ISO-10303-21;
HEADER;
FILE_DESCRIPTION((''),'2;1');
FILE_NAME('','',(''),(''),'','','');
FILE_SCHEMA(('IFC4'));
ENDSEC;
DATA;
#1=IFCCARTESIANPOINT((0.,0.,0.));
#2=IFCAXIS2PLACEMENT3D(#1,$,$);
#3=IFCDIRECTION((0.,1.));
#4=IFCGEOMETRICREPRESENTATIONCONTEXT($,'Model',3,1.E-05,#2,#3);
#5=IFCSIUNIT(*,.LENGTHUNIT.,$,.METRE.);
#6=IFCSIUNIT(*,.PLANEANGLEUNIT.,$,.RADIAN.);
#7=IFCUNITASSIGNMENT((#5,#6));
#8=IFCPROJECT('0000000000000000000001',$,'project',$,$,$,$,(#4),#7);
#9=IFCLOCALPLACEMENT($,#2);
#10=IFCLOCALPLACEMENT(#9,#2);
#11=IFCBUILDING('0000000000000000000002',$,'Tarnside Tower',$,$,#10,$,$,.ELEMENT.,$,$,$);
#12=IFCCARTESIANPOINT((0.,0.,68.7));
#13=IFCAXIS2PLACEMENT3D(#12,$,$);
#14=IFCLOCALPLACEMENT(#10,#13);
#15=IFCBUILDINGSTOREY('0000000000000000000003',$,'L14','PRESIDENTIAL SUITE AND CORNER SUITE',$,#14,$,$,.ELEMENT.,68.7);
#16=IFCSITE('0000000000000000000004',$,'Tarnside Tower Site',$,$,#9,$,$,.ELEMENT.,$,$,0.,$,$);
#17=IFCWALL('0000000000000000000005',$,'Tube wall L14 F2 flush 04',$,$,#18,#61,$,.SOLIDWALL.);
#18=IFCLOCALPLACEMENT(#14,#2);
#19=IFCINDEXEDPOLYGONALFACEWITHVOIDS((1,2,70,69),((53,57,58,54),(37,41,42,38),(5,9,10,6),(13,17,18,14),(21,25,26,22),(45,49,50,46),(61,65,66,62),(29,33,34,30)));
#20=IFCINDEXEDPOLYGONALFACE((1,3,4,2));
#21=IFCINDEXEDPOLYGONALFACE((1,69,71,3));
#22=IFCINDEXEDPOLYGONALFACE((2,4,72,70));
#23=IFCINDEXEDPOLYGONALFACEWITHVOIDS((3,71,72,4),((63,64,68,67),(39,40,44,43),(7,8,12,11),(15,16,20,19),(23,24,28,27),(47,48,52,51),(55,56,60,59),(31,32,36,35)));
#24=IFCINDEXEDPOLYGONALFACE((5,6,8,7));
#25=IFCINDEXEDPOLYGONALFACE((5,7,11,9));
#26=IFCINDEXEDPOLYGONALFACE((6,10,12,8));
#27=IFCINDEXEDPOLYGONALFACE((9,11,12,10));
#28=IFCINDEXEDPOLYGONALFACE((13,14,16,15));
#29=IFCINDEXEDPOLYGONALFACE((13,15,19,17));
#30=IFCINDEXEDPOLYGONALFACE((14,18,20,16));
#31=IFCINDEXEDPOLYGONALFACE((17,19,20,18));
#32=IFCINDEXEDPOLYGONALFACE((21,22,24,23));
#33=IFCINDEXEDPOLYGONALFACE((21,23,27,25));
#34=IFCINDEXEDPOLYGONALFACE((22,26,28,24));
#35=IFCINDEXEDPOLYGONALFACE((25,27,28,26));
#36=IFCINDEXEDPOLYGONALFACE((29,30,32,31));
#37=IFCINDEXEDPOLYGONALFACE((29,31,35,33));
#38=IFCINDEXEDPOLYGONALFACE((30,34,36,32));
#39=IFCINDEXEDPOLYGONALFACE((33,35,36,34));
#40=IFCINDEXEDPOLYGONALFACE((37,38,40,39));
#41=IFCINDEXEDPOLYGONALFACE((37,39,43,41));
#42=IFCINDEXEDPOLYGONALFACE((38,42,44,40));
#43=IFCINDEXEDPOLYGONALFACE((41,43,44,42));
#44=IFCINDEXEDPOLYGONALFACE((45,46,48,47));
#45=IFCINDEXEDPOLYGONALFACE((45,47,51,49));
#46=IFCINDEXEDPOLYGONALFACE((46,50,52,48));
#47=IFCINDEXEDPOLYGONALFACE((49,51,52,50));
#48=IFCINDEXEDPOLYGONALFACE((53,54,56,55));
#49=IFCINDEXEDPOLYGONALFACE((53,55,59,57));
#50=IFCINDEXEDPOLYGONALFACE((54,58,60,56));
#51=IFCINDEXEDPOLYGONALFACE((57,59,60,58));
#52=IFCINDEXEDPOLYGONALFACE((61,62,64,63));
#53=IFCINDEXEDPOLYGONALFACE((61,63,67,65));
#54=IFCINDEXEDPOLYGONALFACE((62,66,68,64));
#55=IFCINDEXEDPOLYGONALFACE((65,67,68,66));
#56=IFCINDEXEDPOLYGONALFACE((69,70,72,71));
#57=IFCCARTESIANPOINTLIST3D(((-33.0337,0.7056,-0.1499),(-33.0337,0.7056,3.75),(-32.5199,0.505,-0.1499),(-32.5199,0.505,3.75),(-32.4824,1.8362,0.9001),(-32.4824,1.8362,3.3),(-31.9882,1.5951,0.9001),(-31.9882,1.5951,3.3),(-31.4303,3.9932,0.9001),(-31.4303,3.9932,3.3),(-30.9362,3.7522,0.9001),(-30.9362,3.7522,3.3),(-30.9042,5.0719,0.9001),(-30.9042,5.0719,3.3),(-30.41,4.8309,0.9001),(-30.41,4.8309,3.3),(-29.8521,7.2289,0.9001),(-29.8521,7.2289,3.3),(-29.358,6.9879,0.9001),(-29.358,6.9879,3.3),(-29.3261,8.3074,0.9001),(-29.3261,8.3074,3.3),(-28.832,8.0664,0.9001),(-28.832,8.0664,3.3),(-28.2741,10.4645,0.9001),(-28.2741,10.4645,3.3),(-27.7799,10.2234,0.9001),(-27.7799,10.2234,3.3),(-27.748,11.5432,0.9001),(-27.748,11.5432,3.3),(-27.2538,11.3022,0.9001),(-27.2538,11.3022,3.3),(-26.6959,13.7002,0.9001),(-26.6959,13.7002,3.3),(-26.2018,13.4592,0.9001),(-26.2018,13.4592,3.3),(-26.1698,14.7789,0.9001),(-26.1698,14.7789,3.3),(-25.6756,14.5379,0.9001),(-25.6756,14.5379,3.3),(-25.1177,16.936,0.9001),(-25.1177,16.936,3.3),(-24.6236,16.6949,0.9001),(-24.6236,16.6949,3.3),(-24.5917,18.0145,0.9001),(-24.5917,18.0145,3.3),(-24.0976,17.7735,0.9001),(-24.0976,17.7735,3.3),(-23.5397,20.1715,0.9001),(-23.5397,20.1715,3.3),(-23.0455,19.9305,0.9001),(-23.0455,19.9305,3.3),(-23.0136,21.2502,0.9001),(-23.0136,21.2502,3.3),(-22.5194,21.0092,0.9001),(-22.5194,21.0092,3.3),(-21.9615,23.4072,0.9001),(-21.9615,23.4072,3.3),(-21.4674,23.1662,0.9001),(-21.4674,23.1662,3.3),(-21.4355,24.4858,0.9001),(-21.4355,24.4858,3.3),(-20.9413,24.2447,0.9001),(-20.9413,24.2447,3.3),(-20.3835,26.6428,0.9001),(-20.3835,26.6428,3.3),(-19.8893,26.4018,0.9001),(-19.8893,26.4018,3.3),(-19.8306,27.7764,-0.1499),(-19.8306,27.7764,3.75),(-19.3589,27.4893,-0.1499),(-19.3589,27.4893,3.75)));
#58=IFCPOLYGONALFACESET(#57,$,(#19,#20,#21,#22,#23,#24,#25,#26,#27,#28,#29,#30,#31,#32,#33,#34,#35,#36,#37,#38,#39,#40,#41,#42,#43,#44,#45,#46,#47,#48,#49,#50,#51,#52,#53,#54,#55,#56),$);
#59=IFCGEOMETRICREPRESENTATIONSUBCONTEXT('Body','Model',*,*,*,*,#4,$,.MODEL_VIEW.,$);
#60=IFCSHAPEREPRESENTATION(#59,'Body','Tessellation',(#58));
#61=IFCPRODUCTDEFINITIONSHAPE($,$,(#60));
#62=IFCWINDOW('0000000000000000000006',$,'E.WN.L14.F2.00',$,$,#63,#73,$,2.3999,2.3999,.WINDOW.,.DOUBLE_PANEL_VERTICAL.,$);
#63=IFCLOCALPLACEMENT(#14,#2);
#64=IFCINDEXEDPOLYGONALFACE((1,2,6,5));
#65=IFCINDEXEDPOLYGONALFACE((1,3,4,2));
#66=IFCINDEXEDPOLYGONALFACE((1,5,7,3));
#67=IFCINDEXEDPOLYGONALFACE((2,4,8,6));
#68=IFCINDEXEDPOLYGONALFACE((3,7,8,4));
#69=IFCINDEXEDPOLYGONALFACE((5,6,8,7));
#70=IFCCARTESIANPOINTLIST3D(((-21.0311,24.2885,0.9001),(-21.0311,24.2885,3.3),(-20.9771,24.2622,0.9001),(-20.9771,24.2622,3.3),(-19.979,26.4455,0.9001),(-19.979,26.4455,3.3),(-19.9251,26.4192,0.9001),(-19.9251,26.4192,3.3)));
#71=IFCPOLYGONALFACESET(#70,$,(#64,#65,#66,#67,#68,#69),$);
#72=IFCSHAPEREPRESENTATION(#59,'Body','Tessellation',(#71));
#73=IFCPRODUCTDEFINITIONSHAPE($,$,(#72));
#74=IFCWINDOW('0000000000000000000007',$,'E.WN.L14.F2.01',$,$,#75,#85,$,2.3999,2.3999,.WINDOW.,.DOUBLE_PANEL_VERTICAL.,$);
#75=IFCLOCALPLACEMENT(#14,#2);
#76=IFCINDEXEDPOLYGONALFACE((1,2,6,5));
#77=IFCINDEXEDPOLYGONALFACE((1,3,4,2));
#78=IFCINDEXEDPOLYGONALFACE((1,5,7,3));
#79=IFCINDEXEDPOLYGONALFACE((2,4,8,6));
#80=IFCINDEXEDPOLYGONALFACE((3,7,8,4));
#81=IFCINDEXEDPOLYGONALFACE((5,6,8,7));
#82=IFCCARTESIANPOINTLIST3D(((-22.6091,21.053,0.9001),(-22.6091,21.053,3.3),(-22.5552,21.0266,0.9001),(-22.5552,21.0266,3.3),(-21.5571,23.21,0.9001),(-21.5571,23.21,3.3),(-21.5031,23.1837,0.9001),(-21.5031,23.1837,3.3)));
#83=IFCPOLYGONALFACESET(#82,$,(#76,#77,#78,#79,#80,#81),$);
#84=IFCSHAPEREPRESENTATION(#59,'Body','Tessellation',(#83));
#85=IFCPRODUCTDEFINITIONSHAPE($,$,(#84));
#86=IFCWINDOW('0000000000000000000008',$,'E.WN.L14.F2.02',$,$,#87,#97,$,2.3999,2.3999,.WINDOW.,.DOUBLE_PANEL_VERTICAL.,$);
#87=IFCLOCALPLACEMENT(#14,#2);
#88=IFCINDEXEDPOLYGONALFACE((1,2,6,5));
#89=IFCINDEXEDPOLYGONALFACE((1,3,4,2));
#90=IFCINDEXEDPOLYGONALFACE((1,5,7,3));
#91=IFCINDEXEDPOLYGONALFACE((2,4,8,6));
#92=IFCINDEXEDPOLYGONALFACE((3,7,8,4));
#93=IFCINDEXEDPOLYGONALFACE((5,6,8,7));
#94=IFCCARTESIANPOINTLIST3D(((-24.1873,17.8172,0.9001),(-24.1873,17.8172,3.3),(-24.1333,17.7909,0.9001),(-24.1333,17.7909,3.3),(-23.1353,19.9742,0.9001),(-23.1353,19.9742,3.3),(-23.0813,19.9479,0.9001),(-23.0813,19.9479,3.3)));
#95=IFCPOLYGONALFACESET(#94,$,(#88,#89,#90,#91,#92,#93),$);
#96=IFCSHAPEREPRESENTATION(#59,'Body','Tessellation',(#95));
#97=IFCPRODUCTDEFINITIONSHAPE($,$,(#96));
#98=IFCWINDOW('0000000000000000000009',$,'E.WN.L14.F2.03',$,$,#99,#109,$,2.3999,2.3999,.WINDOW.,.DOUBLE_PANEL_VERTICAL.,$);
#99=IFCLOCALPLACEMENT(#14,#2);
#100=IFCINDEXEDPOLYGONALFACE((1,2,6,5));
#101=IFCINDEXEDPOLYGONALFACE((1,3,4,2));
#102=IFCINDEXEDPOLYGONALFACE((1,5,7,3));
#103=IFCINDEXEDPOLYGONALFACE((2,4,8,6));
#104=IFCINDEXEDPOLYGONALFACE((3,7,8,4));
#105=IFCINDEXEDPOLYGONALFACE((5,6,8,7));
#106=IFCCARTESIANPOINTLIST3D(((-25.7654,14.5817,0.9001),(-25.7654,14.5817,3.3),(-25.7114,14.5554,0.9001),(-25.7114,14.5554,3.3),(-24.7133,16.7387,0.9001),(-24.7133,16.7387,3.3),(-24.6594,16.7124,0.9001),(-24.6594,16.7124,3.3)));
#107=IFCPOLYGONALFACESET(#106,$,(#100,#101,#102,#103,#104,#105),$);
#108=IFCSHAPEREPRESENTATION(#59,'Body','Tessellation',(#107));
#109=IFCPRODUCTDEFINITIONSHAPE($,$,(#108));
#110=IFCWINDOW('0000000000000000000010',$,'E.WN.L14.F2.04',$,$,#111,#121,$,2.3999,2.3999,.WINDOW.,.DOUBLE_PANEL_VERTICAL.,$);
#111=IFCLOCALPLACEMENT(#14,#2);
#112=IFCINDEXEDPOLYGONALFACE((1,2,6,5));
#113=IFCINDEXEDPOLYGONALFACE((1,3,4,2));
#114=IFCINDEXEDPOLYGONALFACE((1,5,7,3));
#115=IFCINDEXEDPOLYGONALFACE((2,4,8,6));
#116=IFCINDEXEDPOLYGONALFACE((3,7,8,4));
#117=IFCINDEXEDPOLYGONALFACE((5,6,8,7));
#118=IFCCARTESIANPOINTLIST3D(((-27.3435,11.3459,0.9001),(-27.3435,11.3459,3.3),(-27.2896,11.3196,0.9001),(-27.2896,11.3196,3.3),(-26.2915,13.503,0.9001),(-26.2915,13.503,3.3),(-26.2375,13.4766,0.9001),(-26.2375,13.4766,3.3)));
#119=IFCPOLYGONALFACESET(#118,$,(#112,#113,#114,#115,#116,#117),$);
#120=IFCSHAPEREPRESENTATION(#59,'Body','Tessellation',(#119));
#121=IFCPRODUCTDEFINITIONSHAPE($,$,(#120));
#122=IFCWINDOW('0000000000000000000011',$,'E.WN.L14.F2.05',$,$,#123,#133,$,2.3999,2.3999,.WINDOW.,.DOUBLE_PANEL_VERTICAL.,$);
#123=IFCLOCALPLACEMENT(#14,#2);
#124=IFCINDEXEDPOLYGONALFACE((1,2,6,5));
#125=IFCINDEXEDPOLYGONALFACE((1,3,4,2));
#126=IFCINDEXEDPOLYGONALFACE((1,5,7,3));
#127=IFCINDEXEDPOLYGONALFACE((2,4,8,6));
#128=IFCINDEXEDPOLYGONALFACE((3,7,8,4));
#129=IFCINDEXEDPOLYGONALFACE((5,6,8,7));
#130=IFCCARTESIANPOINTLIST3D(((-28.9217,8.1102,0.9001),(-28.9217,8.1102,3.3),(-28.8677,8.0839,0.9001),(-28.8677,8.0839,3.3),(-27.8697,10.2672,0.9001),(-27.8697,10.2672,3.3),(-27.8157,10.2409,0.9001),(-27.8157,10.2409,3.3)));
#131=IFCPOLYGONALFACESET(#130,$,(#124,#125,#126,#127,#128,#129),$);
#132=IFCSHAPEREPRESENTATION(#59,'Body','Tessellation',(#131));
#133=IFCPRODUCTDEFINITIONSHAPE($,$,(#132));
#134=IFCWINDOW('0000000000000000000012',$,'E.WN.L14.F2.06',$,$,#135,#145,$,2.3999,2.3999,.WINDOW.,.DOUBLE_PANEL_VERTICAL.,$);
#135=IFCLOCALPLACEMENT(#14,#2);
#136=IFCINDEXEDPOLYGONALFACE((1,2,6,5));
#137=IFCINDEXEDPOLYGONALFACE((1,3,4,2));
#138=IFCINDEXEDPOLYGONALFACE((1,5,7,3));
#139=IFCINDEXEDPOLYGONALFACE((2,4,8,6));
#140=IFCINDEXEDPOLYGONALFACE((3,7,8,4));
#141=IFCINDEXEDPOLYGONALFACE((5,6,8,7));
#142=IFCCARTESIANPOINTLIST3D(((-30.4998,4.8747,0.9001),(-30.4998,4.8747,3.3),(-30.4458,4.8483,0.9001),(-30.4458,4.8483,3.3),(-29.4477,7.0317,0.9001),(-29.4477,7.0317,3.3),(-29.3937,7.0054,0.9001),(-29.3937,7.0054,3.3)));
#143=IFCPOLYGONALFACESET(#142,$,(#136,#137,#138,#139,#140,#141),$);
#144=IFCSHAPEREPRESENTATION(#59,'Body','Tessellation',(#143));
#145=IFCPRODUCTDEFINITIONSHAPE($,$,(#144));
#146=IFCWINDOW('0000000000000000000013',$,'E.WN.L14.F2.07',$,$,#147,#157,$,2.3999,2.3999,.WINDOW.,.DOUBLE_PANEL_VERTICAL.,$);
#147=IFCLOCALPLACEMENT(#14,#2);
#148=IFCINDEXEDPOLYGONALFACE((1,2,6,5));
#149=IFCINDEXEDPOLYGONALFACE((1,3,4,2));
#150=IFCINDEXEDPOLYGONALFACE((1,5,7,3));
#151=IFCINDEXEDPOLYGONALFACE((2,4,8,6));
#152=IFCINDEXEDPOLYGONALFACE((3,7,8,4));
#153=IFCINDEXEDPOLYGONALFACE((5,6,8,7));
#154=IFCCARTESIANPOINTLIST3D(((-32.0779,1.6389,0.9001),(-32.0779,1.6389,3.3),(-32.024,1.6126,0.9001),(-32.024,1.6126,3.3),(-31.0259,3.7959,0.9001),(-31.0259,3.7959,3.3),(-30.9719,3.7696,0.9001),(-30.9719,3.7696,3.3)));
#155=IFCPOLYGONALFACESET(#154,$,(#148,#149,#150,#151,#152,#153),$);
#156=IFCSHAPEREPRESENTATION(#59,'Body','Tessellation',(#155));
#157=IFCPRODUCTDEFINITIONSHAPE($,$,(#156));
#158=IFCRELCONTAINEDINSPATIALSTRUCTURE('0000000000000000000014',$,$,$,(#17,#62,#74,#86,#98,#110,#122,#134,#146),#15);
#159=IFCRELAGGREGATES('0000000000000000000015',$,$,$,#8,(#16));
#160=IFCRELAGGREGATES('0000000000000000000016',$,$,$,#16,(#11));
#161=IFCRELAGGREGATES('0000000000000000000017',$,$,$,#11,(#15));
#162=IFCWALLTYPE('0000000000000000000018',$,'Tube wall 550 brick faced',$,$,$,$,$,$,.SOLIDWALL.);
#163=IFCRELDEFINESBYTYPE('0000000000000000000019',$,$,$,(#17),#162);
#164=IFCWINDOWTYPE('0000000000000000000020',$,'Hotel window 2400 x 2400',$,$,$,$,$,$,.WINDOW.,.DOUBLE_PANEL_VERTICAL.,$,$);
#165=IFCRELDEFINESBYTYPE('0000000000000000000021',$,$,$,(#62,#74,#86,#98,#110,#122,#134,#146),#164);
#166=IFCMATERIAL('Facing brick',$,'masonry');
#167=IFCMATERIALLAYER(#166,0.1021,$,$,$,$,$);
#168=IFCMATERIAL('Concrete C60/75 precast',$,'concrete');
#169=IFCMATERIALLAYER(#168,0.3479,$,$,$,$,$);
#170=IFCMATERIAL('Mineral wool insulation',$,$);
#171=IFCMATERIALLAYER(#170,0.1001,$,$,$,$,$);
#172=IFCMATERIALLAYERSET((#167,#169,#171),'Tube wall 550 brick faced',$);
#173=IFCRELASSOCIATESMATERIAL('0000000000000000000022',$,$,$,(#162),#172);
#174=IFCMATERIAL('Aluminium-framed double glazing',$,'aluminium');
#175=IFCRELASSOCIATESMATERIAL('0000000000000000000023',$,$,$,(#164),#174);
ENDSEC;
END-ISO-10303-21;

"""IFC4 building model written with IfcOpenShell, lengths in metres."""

from ifc_helpers import new_model, si_unit, direction, frame, frame_2d, origin, place, context, subcontext, project, spatial, polyline, rectangle, outline, extrude, material, layer, layer_set, type_object, element, fill, save


model = new_model("IFC4")

# Units and contexts
model_context = context("Model", 3, precision=1e-05, world=origin(), true_north=direction((0.0, 1.0)))
body_context = subcontext(model_context, "Body", "Model", "MODEL_VIEW")
ifc_project = project(units=[si_unit("LENGTHUNIT", "METRE"), si_unit("PLANEANGLEUNIT", "RADIAN")], contexts=[model_context])

# Site, building, storey
site_placement = place(None, origin())
site = spatial("IfcSite", under=ifc_project, at=site_placement, Name="Tarnside Tower Site", CompositionType="ELEMENT", RefElevation=0.0)
building_placement = place(site_placement, origin())
building = spatial("IfcBuilding", under=site, at=building_placement, Name="Tarnside Tower", CompositionType="ELEMENT")
storey_placement = place(building_placement, frame((0.0, 0.0, 68.7)))
storey = spatial("IfcBuildingStorey", under=building, at=storey_placement, Name="L14", Description="PRESIDENTIAL SUITE AND CORNER SUITE", CompositionType="ELEMENT", Elevation=68.7)

# Shared definitions
ifc_material_1 = material(Name="Facing brick", Category="masonry")
ifc_layer_1 = layer(ifc_material_1, 0.1021)
ifc_material_2 = material(Name="Concrete C60/75 precast", Category="concrete")
ifc_layer_2 = layer(ifc_material_2, 0.3479)
ifc_material_3 = material(Name="Mineral wool insulation")
ifc_layer_3 = layer(ifc_material_3, 0.1001)
ifc_layer_set_1 = layer_set([ifc_layer_1, ifc_layer_2, ifc_layer_3], Name="Tube wall 550 brick faced")
wall_type_1 = type_object("IfcWallType", Name="Tube wall 550 brick faced", PredefinedType="SOLIDWALL", material=ifc_layer_set_1)

# Wall, openings, windows
wall_1_placement = place(storey_placement, frame((-19.5947, 27.6328, -0.1499), z_axis=(0.0, 0.0, 1.0), x_axis=(-0.438368, -0.898795, 0.0)))
wall_1 = element("IfcWall", 1, at=wall_1_placement, inside=storey, type_object=wall_type_1, Name="Tube wall L14 F2 flush 04", PredefinedType="SOLIDWALL", context=body_context, shape_type="SweptSolid", body=[
    extrude(outline(polyline([(-0.0256, -0.2749), (30.0933, -0.2749), (30.0483, 0.2749), (0.0256, 0.2749), (-0.0256, -0.2749)])), origin(), (0.0, 0.0, 1.0), 3.8999),
])
opening_1_placement = place(wall_1_placement, frame((1.2356, 0.0, 1.05)))
opening_1 = element("IfcOpeningElement", 2, at=opening_1_placement, cuts=wall_1, PredefinedType="OPENING", context=body_context, shape_type="SweptSolid", body=[
    extrude(rectangle(XDim=2.3999, YDim=2.3999, at=frame_2d((1.2, 1.2))), frame((0.0, 0.2852, 0.0), z_axis=(0.0, -1.0, 0.0), x_axis=(1.0, 0.0, 0.0)), (0.0, 0.0, 1.0), 0.5701),
])
opening_2_placement = place(wall_1_placement, frame((4.8354, 0.0, 1.05)))
opening_2 = element("IfcOpeningElement", 3, at=opening_2_placement, cuts=wall_1, PredefinedType="OPENING", context=body_context, shape_type="SweptSolid", body=[
    extrude(rectangle(XDim=2.3999, YDim=2.3999, at=frame_2d((1.2, 1.2))), frame((0.0, 0.2852, 0.0), z_axis=(0.0, -1.0, 0.0), x_axis=(1.0, 0.0, 0.0)), (0.0, 0.0, 1.0), 0.5701),
])
opening_3_placement = place(wall_1_placement, frame((8.4355, 0.0, 1.05)))
opening_3 = element("IfcOpeningElement", 4, at=opening_3_placement, cuts=wall_1, PredefinedType="OPENING", context=body_context, shape_type="SweptSolid", body=[
    extrude(rectangle(XDim=2.3999, YDim=2.3999, at=frame_2d((1.2, 1.2))), frame((0.0, 0.2852, 0.0), z_axis=(0.0, -1.0, 0.0), x_axis=(1.0, 0.0, 0.0)), (0.0, 0.0, 1.0), 0.5701),
])
opening_4_placement = place(wall_1_placement, frame((12.0354, 0.0, 1.05)))
opening_4 = element("IfcOpeningElement", 5, at=opening_4_placement, cuts=wall_1, PredefinedType="OPENING", context=body_context, shape_type="SweptSolid", body=[
    extrude(rectangle(XDim=2.3999, YDim=2.3999, at=frame_2d((1.2, 1.2))), frame((0.0, 0.2852, 0.0), z_axis=(0.0, -1.0, 0.0), x_axis=(1.0, 0.0, 0.0)), (0.0, 0.0, 1.0), 0.5701),
])
opening_5_placement = place(wall_1_placement, frame((15.6355, 0.0, 1.05)))
opening_5 = element("IfcOpeningElement", 6, at=opening_5_placement, cuts=wall_1, PredefinedType="OPENING", context=body_context, shape_type="SweptSolid", body=[
    extrude(rectangle(XDim=2.3999, YDim=2.3999, at=frame_2d((1.2, 1.2))), frame((0.0, 0.2852, 0.0), z_axis=(0.0, -1.0, 0.0), x_axis=(1.0, 0.0, 0.0)), (0.0, 0.0, 1.0), 0.5701),
])
opening_6_placement = place(wall_1_placement, frame((19.2356, 0.0, 1.05)))
opening_6 = element("IfcOpeningElement", 7, at=opening_6_placement, cuts=wall_1, PredefinedType="OPENING", context=body_context, shape_type="SweptSolid", body=[
    extrude(rectangle(XDim=2.3999, YDim=2.3999, at=frame_2d((1.2, 1.2))), frame((0.0, 0.2852, 0.0), z_axis=(0.0, -1.0, 0.0), x_axis=(1.0, 0.0, 0.0)), (0.0, 0.0, 1.0), 0.5701),
])
opening_7_placement = place(wall_1_placement, frame((22.8354, 0.0, 1.05)))
opening_7 = element("IfcOpeningElement", 8, at=opening_7_placement, cuts=wall_1, PredefinedType="OPENING", context=body_context, shape_type="SweptSolid", body=[
    extrude(rectangle(XDim=2.3999, YDim=2.3999, at=frame_2d((1.2, 1.2))), frame((0.0, 0.2852, 0.0), z_axis=(0.0, -1.0, 0.0), x_axis=(1.0, 0.0, 0.0)), (0.0, 0.0, 1.0), 0.5701),
])
opening_8_placement = place(wall_1_placement, frame((26.4355, 0.0, 1.05)))
opening_8 = element("IfcOpeningElement", 9, at=opening_8_placement, cuts=wall_1, PredefinedType="OPENING", context=body_context, shape_type="SweptSolid", body=[
    extrude(rectangle(XDim=2.3999, YDim=2.3999, at=frame_2d((1.2, 1.2))), frame((0.0, 0.2852, 0.0), z_axis=(0.0, -1.0, 0.0), x_axis=(1.0, 0.0, 0.0)), (0.0, 0.0, 1.0), 0.5701),
])
ifc_material_4 = material(Name="Aluminium-framed double glazing", Category="aluminium")
window_type = type_object("IfcWindowType", Name="Hotel window 2400 x 2400", PartitioningType="DOUBLE_PANEL_VERTICAL", PredefinedType="WINDOW", material=ifc_material_4)
window_1_placement = place(opening_1_placement, frame((0.0, 0.2051, 0.0)))
window_1 = element("IfcWindow", 10, at=window_1_placement, inside=storey, type_object=window_type, Name="E.WN.L14.F2.00", OverallHeight=2.3999, OverallWidth=2.3999, PartitioningType="DOUBLE_PANEL_VERTICAL", PredefinedType="WINDOW", context=body_context, shape_type="SweptSolid", body=[
    extrude(rectangle(XDim=2.3999, YDim=2.3999, at=frame_2d((1.2, 1.2))), frame((0.0, 0.03, 0.0), z_axis=(0.0, -1.0, 0.0), x_axis=(1.0, 0.0, 0.0)), (0.0, 0.0, 1.0), 0.0601),
])
fill(opening_1, window_1)
window_2_placement = place(opening_2_placement, frame((0.0, 0.2051, 0.0)))
window_2 = element("IfcWindow", 11, at=window_2_placement, inside=storey, type_object=window_type, Name="E.WN.L14.F2.01", OverallHeight=2.3999, OverallWidth=2.3999, PartitioningType="DOUBLE_PANEL_VERTICAL", PredefinedType="WINDOW", context=body_context, shape_type="SweptSolid", body=[
    extrude(rectangle(XDim=2.3999, YDim=2.3999, at=frame_2d((1.2, 1.2))), frame((0.0, 0.03, 0.0), z_axis=(0.0, -1.0, 0.0), x_axis=(1.0, 0.0, 0.0)), (0.0, 0.0, 1.0), 0.0601),
])
fill(opening_2, window_2)
window_3_placement = place(opening_3_placement, frame((0.0, 0.2051, 0.0)))
window_3 = element("IfcWindow", 12, at=window_3_placement, inside=storey, type_object=window_type, Name="E.WN.L14.F2.02", OverallHeight=2.3999, OverallWidth=2.3999, PartitioningType="DOUBLE_PANEL_VERTICAL", PredefinedType="WINDOW", context=body_context, shape_type="SweptSolid", body=[
    extrude(rectangle(XDim=2.3999, YDim=2.3999, at=frame_2d((1.2, 1.2))), frame((0.0, 0.03, 0.0), z_axis=(0.0, -1.0, 0.0), x_axis=(1.0, 0.0, 0.0)), (0.0, 0.0, 1.0), 0.0601),
])
fill(opening_3, window_3)
window_4_placement = place(opening_4_placement, frame((0.0, 0.2051, 0.0)))
window_4 = element("IfcWindow", 13, at=window_4_placement, inside=storey, type_object=window_type, Name="E.WN.L14.F2.03", OverallHeight=2.3999, OverallWidth=2.3999, PartitioningType="DOUBLE_PANEL_VERTICAL", PredefinedType="WINDOW", context=body_context, shape_type="SweptSolid", body=[
    extrude(rectangle(XDim=2.3999, YDim=2.3999, at=frame_2d((1.2, 1.2))), frame((0.0, 0.03, 0.0), z_axis=(0.0, -1.0, 0.0), x_axis=(1.0, 0.0, 0.0)), (0.0, 0.0, 1.0), 0.0601),
])
fill(opening_4, window_4)
window_5_placement = place(opening_5_placement, frame((0.0, 0.2051, 0.0)))
window_5 = element("IfcWindow", 14, at=window_5_placement, inside=storey, type_object=window_type, Name="E.WN.L14.F2.04", OverallHeight=2.3999, OverallWidth=2.3999, PartitioningType="DOUBLE_PANEL_VERTICAL", PredefinedType="WINDOW", context=body_context, shape_type="SweptSolid", body=[
    extrude(rectangle(XDim=2.3999, YDim=2.3999, at=frame_2d((1.2, 1.2))), frame((0.0, 0.03, 0.0), z_axis=(0.0, -1.0, 0.0), x_axis=(1.0, 0.0, 0.0)), (0.0, 0.0, 1.0), 0.0601),
])
fill(opening_5, window_5)
window_6_placement = place(opening_6_placement, frame((0.0, 0.2051, 0.0)))
window_6 = element("IfcWindow", 15, at=window_6_placement, inside=storey, type_object=window_type, Name="E.WN.L14.F2.05", OverallHeight=2.3999, OverallWidth=2.3999, PartitioningType="DOUBLE_PANEL_VERTICAL", PredefinedType="WINDOW", context=body_context, shape_type="SweptSolid", body=[
    extrude(rectangle(XDim=2.3999, YDim=2.3999, at=frame_2d((1.2, 1.2))), frame((0.0, 0.03, 0.0), z_axis=(0.0, -1.0, 0.0), x_axis=(1.0, 0.0, 0.0)), (0.0, 0.0, 1.0), 0.0601),
])
fill(opening_6, window_6)
window_7_placement = place(opening_7_placement, frame((0.0, 0.2051, 0.0)))
window_7 = element("IfcWindow", 16, at=window_7_placement, inside=storey, type_object=window_type, Name="E.WN.L14.F2.06", OverallHeight=2.3999, OverallWidth=2.3999, PartitioningType="DOUBLE_PANEL_VERTICAL", PredefinedType="WINDOW", context=body_context, shape_type="SweptSolid", body=[
    extrude(rectangle(XDim=2.3999, YDim=2.3999, at=frame_2d((1.2, 1.2))), frame((0.0, 0.03, 0.0), z_axis=(0.0, -1.0, 0.0), x_axis=(1.0, 0.0, 0.0)), (0.0, 0.0, 1.0), 0.0601),
])
fill(opening_7, window_7)
window_8_placement = place(opening_8_placement, frame((0.0, 0.2051, 0.0)))
window_8 = element("IfcWindow", 17, at=window_8_placement, inside=storey, type_object=window_type, Name="E.WN.L14.F2.07", OverallHeight=2.3999, OverallWidth=2.3999, PartitioningType="DOUBLE_PANEL_VERTICAL", PredefinedType="WINDOW", context=body_context, shape_type="SweptSolid", body=[
    extrude(rectangle(XDim=2.3999, YDim=2.3999, at=frame_2d((1.2, 1.2))), frame((0.0, 0.03, 0.0), z_axis=(0.0, -1.0, 0.0), x_axis=(1.0, 0.0, 0.0)), (0.0, 0.0, 1.0), 0.0601),
])
fill(opening_8, window_8)

save(model, "model.ifc")
